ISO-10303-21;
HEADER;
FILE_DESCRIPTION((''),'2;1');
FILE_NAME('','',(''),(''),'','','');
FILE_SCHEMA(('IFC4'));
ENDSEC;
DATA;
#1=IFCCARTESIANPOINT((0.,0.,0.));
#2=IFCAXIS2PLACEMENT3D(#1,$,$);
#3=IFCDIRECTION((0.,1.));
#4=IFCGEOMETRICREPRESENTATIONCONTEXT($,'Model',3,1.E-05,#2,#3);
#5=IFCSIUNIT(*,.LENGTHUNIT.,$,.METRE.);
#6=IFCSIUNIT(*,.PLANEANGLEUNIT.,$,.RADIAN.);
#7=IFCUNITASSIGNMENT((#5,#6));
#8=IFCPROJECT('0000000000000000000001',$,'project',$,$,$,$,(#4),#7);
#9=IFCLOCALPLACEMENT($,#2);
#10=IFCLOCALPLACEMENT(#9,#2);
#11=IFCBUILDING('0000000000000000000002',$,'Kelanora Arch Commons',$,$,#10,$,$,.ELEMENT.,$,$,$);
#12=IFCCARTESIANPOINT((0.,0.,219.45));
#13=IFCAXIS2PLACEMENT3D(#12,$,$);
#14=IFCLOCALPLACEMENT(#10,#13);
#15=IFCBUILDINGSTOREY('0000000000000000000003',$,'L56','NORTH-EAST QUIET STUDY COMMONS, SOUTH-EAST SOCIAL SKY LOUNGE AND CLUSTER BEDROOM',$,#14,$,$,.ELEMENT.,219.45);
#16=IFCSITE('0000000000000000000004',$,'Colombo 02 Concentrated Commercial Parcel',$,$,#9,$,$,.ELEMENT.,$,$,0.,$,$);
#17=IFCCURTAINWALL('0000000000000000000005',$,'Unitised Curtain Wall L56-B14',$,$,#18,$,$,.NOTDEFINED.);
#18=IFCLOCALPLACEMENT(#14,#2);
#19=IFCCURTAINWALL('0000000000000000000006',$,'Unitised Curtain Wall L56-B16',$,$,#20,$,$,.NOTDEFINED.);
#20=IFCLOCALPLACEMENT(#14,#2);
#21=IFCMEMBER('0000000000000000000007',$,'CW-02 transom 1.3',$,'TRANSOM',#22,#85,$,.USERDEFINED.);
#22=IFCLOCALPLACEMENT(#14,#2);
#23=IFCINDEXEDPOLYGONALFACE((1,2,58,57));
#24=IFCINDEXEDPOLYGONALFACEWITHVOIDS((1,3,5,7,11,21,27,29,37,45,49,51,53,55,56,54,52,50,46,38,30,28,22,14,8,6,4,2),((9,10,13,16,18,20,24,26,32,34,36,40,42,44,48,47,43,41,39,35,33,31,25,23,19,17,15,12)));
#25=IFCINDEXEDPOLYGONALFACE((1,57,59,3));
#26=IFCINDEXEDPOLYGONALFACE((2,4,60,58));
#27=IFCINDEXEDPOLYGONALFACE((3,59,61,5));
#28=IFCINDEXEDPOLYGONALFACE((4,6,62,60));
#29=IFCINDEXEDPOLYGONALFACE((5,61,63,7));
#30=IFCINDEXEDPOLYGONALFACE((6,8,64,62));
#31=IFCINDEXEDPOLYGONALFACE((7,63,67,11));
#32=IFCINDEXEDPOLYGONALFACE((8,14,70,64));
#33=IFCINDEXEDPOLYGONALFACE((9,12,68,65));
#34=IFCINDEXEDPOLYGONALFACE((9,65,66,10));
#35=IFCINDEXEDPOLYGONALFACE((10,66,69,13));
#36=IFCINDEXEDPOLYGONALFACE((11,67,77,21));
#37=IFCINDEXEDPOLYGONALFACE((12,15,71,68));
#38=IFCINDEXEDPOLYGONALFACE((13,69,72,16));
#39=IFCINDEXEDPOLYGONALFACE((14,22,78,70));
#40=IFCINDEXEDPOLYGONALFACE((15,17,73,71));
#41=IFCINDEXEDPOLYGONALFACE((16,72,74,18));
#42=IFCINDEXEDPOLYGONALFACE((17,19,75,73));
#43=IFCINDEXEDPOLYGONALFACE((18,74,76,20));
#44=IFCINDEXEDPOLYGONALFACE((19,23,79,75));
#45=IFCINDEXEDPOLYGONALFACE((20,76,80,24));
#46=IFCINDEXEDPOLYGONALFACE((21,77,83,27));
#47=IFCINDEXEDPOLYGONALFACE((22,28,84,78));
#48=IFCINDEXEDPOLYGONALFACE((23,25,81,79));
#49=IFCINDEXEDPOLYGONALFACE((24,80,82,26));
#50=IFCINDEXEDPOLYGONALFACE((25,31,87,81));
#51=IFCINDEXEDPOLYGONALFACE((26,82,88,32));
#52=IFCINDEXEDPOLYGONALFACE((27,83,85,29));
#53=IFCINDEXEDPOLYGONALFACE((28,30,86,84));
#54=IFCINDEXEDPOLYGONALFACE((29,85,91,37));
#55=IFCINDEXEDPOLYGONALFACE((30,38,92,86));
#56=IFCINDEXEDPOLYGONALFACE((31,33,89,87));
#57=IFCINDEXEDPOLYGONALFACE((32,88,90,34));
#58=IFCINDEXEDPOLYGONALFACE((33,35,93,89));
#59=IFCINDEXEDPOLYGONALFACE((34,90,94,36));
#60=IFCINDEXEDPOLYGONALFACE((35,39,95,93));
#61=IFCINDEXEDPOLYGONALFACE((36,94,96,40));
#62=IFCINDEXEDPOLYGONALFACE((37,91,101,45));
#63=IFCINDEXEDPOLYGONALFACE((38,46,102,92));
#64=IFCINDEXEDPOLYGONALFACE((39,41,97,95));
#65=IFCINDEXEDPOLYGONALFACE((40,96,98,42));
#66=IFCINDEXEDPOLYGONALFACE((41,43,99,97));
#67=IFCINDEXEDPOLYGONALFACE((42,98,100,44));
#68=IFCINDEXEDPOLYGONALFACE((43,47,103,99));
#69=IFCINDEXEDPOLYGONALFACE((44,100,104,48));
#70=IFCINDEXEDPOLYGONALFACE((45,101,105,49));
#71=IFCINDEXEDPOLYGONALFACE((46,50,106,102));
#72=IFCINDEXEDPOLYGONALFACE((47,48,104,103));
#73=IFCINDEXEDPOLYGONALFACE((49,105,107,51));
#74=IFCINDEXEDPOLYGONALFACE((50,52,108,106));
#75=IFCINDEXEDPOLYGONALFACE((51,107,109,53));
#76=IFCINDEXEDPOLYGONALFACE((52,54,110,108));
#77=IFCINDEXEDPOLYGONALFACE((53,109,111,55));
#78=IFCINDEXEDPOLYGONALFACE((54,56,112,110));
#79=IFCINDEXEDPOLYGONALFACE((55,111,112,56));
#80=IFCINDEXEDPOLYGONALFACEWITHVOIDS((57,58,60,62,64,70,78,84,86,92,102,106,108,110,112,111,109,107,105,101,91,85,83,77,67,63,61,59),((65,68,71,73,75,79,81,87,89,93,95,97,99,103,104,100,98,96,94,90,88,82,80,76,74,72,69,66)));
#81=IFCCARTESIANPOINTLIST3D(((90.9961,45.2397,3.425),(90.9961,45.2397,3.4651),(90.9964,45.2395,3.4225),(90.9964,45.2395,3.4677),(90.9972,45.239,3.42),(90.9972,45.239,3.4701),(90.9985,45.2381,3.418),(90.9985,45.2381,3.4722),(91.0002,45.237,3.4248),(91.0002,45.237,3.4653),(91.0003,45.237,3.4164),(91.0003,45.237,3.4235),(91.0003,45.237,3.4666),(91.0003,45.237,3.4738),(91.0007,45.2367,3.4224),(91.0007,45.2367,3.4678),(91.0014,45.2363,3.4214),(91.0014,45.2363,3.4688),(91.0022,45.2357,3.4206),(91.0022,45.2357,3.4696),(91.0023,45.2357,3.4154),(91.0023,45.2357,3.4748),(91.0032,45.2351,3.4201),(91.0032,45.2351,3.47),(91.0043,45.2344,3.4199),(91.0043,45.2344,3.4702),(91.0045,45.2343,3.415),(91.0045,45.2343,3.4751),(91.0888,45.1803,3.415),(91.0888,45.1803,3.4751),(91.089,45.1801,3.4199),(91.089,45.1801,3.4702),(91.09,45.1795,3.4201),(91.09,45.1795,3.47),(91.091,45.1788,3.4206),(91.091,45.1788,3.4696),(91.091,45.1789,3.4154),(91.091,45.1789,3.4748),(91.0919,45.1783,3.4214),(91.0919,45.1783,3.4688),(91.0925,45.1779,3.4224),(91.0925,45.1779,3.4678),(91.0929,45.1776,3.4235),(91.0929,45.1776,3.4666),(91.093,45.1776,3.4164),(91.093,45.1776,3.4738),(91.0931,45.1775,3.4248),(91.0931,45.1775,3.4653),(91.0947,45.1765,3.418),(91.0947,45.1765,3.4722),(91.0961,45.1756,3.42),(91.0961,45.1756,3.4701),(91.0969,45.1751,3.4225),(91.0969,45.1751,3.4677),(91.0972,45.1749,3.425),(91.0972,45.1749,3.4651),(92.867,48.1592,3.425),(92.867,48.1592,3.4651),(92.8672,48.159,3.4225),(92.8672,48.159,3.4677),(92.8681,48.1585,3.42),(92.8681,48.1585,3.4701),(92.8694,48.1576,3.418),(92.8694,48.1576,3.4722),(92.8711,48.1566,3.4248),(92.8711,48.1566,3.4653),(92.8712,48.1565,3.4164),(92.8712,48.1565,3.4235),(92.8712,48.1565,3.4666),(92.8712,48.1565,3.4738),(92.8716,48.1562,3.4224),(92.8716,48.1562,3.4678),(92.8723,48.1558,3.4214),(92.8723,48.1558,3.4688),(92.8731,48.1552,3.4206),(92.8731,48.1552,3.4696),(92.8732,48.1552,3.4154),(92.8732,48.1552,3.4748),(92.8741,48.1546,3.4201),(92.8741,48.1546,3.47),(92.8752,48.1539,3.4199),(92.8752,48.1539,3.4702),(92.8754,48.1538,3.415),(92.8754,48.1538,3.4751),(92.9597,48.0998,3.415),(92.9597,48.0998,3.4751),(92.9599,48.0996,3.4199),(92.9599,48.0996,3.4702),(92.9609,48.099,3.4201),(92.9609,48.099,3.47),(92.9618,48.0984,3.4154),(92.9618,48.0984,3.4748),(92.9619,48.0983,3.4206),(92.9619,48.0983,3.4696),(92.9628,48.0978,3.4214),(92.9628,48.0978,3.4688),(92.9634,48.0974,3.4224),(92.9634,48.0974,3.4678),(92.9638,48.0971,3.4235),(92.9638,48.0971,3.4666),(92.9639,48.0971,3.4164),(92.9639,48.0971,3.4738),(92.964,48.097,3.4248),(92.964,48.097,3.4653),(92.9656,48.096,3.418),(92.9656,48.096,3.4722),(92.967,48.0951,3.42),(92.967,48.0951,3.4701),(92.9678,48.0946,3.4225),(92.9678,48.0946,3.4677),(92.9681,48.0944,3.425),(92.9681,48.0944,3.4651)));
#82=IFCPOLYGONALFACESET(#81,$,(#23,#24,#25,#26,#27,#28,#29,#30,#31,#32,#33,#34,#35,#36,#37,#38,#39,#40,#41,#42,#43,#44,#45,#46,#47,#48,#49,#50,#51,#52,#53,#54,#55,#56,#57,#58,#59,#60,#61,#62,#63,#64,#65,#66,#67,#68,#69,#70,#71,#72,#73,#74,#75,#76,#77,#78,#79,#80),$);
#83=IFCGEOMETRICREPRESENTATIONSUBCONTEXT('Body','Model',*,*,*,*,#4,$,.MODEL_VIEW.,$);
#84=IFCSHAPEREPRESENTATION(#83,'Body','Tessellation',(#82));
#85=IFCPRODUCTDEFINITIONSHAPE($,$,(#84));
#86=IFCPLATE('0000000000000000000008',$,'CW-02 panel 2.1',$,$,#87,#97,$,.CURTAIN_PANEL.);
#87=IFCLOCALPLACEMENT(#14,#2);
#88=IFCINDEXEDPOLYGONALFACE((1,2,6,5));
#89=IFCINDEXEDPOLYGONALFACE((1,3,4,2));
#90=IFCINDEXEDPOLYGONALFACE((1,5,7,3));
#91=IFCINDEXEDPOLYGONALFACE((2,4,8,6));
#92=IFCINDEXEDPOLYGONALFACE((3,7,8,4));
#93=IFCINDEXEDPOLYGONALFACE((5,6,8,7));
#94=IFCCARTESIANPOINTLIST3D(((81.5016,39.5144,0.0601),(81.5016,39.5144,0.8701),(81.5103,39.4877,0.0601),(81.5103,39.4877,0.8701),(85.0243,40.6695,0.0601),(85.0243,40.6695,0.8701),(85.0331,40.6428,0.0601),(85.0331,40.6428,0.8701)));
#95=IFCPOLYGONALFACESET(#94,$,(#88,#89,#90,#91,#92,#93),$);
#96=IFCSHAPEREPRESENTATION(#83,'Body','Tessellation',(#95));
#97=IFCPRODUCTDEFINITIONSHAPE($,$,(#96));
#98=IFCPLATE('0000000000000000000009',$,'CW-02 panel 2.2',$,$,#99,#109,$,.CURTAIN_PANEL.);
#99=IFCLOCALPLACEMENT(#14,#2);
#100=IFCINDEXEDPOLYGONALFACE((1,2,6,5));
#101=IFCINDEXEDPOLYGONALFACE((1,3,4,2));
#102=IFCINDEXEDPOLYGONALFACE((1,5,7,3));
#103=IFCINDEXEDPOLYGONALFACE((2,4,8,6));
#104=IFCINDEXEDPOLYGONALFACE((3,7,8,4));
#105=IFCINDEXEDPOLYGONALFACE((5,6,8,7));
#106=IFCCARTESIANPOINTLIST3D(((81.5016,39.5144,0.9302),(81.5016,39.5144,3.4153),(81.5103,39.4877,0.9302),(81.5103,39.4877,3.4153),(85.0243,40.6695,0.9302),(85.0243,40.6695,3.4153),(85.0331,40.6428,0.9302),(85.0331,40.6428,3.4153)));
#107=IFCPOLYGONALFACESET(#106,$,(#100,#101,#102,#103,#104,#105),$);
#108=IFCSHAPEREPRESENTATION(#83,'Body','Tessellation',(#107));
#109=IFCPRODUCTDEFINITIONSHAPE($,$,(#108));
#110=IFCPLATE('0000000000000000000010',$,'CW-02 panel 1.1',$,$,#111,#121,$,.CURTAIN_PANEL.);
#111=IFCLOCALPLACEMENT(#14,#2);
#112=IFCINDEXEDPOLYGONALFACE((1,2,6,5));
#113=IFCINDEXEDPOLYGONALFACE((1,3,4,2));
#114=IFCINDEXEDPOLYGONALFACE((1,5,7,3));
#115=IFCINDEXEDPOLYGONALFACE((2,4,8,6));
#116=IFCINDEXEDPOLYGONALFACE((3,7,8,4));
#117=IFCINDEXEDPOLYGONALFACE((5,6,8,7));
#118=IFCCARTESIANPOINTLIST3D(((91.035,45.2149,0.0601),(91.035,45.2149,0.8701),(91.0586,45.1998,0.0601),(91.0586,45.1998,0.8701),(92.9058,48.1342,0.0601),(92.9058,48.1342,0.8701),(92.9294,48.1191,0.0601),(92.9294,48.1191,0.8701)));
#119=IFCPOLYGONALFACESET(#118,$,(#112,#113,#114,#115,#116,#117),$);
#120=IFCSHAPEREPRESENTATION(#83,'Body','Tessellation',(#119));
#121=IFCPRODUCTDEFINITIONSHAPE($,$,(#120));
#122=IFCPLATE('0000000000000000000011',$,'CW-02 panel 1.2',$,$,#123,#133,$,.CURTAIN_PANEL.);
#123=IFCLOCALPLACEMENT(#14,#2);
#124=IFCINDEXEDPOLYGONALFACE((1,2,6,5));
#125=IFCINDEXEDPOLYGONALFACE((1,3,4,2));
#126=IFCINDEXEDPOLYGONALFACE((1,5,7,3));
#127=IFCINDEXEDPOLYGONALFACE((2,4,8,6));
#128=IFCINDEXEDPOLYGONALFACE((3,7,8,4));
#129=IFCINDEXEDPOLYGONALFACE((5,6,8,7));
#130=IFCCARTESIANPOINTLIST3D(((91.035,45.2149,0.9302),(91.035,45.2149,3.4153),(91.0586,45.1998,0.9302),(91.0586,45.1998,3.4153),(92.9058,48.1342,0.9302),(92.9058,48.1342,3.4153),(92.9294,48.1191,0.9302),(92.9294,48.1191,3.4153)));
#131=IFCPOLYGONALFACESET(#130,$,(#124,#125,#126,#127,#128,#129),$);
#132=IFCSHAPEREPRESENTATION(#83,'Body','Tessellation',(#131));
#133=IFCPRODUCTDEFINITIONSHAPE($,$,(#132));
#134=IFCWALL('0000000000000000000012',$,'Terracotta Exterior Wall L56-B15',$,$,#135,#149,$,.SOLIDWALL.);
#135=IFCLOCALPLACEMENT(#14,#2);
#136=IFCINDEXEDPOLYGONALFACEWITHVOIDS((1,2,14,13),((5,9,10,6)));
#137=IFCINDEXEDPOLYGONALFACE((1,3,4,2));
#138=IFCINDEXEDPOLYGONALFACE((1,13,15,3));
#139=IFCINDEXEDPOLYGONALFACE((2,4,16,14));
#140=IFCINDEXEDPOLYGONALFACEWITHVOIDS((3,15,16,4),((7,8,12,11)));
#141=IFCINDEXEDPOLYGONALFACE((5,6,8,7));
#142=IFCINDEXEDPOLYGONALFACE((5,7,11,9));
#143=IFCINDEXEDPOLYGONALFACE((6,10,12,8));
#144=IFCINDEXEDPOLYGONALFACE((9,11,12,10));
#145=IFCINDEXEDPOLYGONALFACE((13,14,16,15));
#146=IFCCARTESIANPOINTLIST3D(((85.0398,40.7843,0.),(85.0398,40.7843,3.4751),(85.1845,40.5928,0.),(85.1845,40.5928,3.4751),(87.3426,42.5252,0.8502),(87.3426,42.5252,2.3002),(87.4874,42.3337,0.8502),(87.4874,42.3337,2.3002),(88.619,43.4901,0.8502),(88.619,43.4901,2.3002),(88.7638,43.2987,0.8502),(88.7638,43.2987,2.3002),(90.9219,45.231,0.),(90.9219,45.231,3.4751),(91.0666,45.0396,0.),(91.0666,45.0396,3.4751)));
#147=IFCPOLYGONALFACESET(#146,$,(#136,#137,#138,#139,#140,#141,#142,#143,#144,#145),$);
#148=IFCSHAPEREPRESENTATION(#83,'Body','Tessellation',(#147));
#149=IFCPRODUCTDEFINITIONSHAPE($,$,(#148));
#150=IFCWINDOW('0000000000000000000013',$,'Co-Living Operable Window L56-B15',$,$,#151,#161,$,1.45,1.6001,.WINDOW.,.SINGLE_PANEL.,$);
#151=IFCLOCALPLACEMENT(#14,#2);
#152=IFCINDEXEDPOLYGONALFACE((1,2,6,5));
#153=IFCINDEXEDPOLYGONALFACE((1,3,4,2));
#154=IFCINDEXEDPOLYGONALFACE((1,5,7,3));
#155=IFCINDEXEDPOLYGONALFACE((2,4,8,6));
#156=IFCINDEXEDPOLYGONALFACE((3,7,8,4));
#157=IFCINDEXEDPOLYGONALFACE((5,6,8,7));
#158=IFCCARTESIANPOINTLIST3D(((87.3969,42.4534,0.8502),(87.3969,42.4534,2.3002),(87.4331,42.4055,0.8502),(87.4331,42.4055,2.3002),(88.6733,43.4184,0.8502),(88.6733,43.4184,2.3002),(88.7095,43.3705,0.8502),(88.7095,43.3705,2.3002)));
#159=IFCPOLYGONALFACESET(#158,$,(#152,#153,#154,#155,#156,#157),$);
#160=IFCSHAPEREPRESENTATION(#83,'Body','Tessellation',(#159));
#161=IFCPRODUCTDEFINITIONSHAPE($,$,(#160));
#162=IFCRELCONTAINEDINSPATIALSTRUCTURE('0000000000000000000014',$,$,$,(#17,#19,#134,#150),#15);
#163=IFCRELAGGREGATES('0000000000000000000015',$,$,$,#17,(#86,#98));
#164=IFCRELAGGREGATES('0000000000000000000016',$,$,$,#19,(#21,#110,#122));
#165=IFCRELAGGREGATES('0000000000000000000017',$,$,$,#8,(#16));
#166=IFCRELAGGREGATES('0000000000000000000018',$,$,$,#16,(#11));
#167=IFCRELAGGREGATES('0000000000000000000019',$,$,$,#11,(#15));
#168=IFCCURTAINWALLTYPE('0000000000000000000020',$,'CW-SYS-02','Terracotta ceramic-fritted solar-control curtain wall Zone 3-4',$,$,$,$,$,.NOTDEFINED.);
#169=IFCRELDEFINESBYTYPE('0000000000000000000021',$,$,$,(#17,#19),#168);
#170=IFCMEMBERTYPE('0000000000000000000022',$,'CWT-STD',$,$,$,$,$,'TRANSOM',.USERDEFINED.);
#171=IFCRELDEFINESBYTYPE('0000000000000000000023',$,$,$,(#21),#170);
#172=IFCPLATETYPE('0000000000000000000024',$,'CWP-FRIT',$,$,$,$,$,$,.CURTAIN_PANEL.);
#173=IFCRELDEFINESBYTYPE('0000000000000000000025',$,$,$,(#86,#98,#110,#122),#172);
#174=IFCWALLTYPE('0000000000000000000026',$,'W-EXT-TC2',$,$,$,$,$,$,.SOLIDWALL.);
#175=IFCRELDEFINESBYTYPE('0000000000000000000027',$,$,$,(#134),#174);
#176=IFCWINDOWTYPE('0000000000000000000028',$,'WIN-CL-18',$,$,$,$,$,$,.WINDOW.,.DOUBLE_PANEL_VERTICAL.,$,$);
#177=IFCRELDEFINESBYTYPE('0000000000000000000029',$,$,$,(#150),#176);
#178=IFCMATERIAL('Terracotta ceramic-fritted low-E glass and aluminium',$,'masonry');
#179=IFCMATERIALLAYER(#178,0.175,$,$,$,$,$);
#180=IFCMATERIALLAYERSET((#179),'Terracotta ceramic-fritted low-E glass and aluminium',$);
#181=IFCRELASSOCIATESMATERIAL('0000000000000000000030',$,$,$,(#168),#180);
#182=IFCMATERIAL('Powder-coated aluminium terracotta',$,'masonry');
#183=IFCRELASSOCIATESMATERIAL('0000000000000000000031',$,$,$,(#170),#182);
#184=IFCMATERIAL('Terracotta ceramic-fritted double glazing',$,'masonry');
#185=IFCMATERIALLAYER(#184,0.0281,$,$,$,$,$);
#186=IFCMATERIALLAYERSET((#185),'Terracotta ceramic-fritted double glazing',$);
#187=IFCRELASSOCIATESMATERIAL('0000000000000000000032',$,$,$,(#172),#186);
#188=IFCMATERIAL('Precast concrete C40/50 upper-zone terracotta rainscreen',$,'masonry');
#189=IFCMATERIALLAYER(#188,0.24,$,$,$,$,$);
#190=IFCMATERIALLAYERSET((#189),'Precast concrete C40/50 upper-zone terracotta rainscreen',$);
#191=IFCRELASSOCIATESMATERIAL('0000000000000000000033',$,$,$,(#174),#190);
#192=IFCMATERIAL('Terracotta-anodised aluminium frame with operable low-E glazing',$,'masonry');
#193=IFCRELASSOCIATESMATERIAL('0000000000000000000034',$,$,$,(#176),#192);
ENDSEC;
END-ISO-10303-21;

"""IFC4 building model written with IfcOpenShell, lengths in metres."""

from ifc_helpers import new_model, si_unit, direction, frame, frame_2d, origin, origin_2d, place, context, subcontext, project, spatial, rectangle, hollow_rectangle, extrude, source, transform, mapped, material, layer, layer_set, material_profile, profile_set, type_object, element, fill, aggregate, save


model = new_model("IFC4")

# Units and contexts
model_context = context("Model", 3, precision=1e-05, world=origin(), true_north=direction((0.0, 1.0)))
body_context = subcontext(model_context, "Body", "Model", "MODEL_VIEW")
ifc_project = project(units=[si_unit("LENGTHUNIT", "METRE"), si_unit("PLANEANGLEUNIT", "RADIAN")], contexts=[model_context])

# Site, building, storey
site_placement = place(None, origin())
site = spatial("IfcSite", under=ifc_project, at=site_placement, Name="Colombo 02 Concentrated Commercial Parcel", CompositionType="ELEMENT", RefElevation=0.0)
building_placement = place(site_placement, origin())
building = spatial("IfcBuilding", under=site, at=building_placement, Name="Kelanora Arch Commons", CompositionType="ELEMENT")
storey_placement = place(building_placement, frame((0.0, 0.0, 219.45)))
storey = spatial("IfcBuildingStorey", under=building, at=storey_placement, Name="L56", Description="NORTH-EAST QUIET STUDY COMMONS, SOUTH-EAST SOCIAL SKY LOUNGE AND CLUSTER BEDROOM", CompositionType="ELEMENT", Elevation=219.45)

# Curtain wall
ifc_material_1 = material(Name="Terracotta ceramic-fritted low-E glass and aluminium", Category="masonry")
ifc_layer_1 = layer(ifc_material_1, 0.175)
ifc_layer_set_1 = layer_set([ifc_layer_1], Name="Terracotta ceramic-fritted low-E glass and aluminium")
curtain_wall_type = type_object("IfcCurtainWallType", Name="CW-SYS-02", Description="Terracotta ceramic-fritted solar-control curtain wall Zone 3-4", PredefinedType="NOTDEFINED", material=ifc_layer_set_1)
curtain_wall_1_placement = place(storey_placement, origin())
curtain_wall_1 = element("IfcCurtainWall", 1, at=curtain_wall_1_placement, inside=storey, type_object=curtain_wall_type, Name="Unitised Curtain Wall L56-B14", PredefinedType="NOTDEFINED")
ifc_material_2 = material(Name="Powder-coated aluminium terracotta", Category="masonry")

# Curtain wall, member
curtain_wall_2_placement = place(storey_placement, origin())
curtain_wall_2 = element("IfcCurtainWall", 2, at=curtain_wall_2_placement, inside=storey, type_object=curtain_wall_type, Name="Unitised Curtain Wall L56-B16", PredefinedType="NOTDEFINED")
ifc_material_profile_1 = material_profile(ifc_material_2, hollow_rectangle(XDim=0.1201, YDim=0.0601, WallThickness=0.0049, InnerFilletRadius=0.0049, OuterFilletRadius=0.01, at=origin_2d()), Name="CWT120x60")
ifc_profile_set_1 = profile_set([ifc_material_profile_1], Name="Powder-coated aluminium terracotta")
member_type_1 = type_object("IfcMemberType", Name="CWT-STD", ElementType="TRANSOM", PredefinedType="USERDEFINED", material=ifc_profile_set_1)
member_1_placement = place(storey_placement, frame((91.0466, 45.2073, 3.4451), z_axis=(0.539547, 0.841955, 0.0), x_axis=(-0.841955, 0.539547, 0.0)))
member_1 = element("IfcMember", 3, at=member_1_placement, type_object=member_type_1, Name="CW-02 transom 1.3", ObjectType="TRANSOM", PredefinedType="USERDEFINED", context=body_context, shape_type="SweptSolid", body=[
    extrude(hollow_rectangle(XDim=0.1201, YDim=0.0601, WallThickness=0.0049, InnerFilletRadius=0.0049, OuterFilletRadius=0.01, at=origin_2d()), origin(), (0.0, 0.0, 1.0), 3.4675),
])

# Plates
ifc_material_3 = material(Name="Terracotta ceramic-fritted double glazing", Category="masonry")
ifc_layer_2 = layer(ifc_material_3, 0.0281)
ifc_layer_set_2 = layer_set([ifc_layer_2], Name="Terracotta ceramic-fritted double glazing")
plate_type = type_object("IfcPlateType", Name="CWP-FRIT", PredefinedType="CURTAIN_PANEL", material=ifc_layer_set_2)
shared_shape_1 = source(origin(), body_context, "Body", "SweptSolid", [
    extrude(rectangle(XDim=3.7073, YDim=0.0281, at=origin_2d()), origin(), (0.0, 0.0, 1.0), 0.8101),
])
plate_1_placement = place(storey_placement, frame((83.2673, 40.0786, 0.0601), z_axis=(0.0, 0.0, 1.0), x_axis=(0.950219, 0.311582, 0.0)))
plate_1 = element("IfcPlate", 4, at=plate_1_placement, type_object=plate_type, Name="CW-02 panel 2.1", PredefinedType="CURTAIN_PANEL", context=body_context, shape_type="MappedRepresentation", body=[
    mapped(shared_shape_1, transform((0.0, 0.0, 0.0), scale=1.0)),
])
shared_shape_2 = source(origin(), body_context, "Body", "SweptSolid", [
    extrude(rectangle(XDim=3.7073, YDim=0.0281, at=origin_2d()), origin(), (0.0, 0.0, 1.0), 2.4851),
])
plate_2_placement = place(storey_placement, frame((83.2673, 40.0786, 0.9302), z_axis=(0.0, 0.0, 1.0), x_axis=(0.950219, 0.311582, 0.0)))
plate_2 = element("IfcPlate", 5, at=plate_2_placement, type_object=plate_type, Name="CW-02 panel 2.2", PredefinedType="CURTAIN_PANEL", context=body_context, shape_type="MappedRepresentation", body=[
    mapped(shared_shape_2, transform((0.0, 0.0, 0.0), scale=1.0)),
])
aggregate(curtain_wall_1, [plate_1, plate_2])
shared_shape_3 = source(origin(), body_context, "Body", "SweptSolid", [
    extrude(rectangle(XDim=3.4673, YDim=0.0281, at=origin_2d()), origin(), (0.0, 0.0, 1.0), 0.8101),
])
plate_3_placement = place(storey_placement, frame((91.9822, 46.667, 0.0601), z_axis=(0.0, 0.0, 1.0), x_axis=(0.539559, 0.841948, 0.0)))
plate_3 = element("IfcPlate", 6, at=plate_3_placement, type_object=plate_type, Name="CW-02 panel 1.1", PredefinedType="CURTAIN_PANEL", context=body_context, shape_type="MappedRepresentation", body=[
    mapped(shared_shape_3, transform((0.0, 0.0, 0.0), scale=1.0)),
])
shared_shape_4 = source(origin(), body_context, "Body", "SweptSolid", [
    extrude(rectangle(XDim=3.4673, YDim=0.0281, at=origin_2d()), origin(), (0.0, 0.0, 1.0), 2.4851),
])
plate_4_placement = place(storey_placement, frame((91.9822, 46.667, 0.9302), z_axis=(0.0, 0.0, 1.0), x_axis=(0.539559, 0.841948, 0.0)))
plate_4 = element("IfcPlate", 7, at=plate_4_placement, type_object=plate_type, Name="CW-02 panel 1.2", PredefinedType="CURTAIN_PANEL", context=body_context, shape_type="MappedRepresentation", body=[
    mapped(shared_shape_4, transform((0.0, 0.0, 0.0), scale=1.0)),
])
aggregate(curtain_wall_2, [member_1, plate_3, plate_4])

# Wall, opening, window
ifc_material_4 = material(Name="Precast concrete C40/50 upper-zone terracotta rainscreen", Category="masonry")
ifc_layer_3 = layer(ifc_material_4, 0.24)
ifc_layer_set_3 = layer_set([ifc_layer_3], Name="Precast concrete C40/50 upper-zone terracotta rainscreen")
wall_type = type_object("IfcWallType", Name="W-EXT-TC2", PredefinedType="SOLIDWALL", material=ifc_layer_set_3)
wall_placement = place(storey_placement, frame((85.1121, 40.6885, 0.0), z_axis=(0.0, 0.0, 1.0), x_axis=(0.797702, 0.603052, 0.0)))
wall = element("IfcWall", 8, at=wall_placement, inside=storey, type_object=wall_type, Name="Terracotta Exterior Wall L56-B15", PredefinedType="SOLIDWALL", context=body_context, shape_type="SweptSolid", body=[
    extrude(rectangle(XDim=7.3738, YDim=0.24, at=frame_2d((3.687, 0.0))), origin(), (0.0, 0.0, 1.0), 3.4751),
])
opening_placement = place(wall_placement, frame((2.887, 0.0, 0.8501)))
opening = element("IfcOpeningElement", 9, at=opening_placement, cuts=wall, PredefinedType="OPENING", context=body_context, shape_type="SweptSolid", body=[
    extrude(rectangle(XDim=1.6001, YDim=1.45, at=frame_2d((0.8, 0.7251))), frame((0.0, 0.1299, 0.0), z_axis=(0.0, -1.0, 0.0), x_axis=(1.0, 0.0, 0.0)), (0.0, 0.0, 1.0), 0.26),
])
ifc_material_5 = material(Name="Terracotta-anodised aluminium frame with operable low-E glazing", Category="masonry")
window_type = type_object("IfcWindowType", Name="WIN-CL-18", PartitioningType="DOUBLE_PANEL_VERTICAL", PredefinedType="WINDOW", material=ifc_material_5)
window_placement = place(opening_placement, origin())
window = element("IfcWindow", 10, at=window_placement, inside=storey, type_object=window_type, Name="Co-Living Operable Window L56-B15", OverallHeight=1.45, OverallWidth=1.6001, PartitioningType="SINGLE_PANEL", PredefinedType="WINDOW", context=body_context, shape_type="SweptSolid", body=[
    extrude(rectangle(XDim=1.6001, YDim=1.45, at=frame_2d((0.8, 0.7251))), frame((0.0, 0.03, 0.0), z_axis=(0.0, -1.0, 0.0), x_axis=(1.0, 0.0, 0.0)), (0.0, 0.0, 1.0), 0.0601),
])
fill(opening, window)

save(model, "model.ifc")
